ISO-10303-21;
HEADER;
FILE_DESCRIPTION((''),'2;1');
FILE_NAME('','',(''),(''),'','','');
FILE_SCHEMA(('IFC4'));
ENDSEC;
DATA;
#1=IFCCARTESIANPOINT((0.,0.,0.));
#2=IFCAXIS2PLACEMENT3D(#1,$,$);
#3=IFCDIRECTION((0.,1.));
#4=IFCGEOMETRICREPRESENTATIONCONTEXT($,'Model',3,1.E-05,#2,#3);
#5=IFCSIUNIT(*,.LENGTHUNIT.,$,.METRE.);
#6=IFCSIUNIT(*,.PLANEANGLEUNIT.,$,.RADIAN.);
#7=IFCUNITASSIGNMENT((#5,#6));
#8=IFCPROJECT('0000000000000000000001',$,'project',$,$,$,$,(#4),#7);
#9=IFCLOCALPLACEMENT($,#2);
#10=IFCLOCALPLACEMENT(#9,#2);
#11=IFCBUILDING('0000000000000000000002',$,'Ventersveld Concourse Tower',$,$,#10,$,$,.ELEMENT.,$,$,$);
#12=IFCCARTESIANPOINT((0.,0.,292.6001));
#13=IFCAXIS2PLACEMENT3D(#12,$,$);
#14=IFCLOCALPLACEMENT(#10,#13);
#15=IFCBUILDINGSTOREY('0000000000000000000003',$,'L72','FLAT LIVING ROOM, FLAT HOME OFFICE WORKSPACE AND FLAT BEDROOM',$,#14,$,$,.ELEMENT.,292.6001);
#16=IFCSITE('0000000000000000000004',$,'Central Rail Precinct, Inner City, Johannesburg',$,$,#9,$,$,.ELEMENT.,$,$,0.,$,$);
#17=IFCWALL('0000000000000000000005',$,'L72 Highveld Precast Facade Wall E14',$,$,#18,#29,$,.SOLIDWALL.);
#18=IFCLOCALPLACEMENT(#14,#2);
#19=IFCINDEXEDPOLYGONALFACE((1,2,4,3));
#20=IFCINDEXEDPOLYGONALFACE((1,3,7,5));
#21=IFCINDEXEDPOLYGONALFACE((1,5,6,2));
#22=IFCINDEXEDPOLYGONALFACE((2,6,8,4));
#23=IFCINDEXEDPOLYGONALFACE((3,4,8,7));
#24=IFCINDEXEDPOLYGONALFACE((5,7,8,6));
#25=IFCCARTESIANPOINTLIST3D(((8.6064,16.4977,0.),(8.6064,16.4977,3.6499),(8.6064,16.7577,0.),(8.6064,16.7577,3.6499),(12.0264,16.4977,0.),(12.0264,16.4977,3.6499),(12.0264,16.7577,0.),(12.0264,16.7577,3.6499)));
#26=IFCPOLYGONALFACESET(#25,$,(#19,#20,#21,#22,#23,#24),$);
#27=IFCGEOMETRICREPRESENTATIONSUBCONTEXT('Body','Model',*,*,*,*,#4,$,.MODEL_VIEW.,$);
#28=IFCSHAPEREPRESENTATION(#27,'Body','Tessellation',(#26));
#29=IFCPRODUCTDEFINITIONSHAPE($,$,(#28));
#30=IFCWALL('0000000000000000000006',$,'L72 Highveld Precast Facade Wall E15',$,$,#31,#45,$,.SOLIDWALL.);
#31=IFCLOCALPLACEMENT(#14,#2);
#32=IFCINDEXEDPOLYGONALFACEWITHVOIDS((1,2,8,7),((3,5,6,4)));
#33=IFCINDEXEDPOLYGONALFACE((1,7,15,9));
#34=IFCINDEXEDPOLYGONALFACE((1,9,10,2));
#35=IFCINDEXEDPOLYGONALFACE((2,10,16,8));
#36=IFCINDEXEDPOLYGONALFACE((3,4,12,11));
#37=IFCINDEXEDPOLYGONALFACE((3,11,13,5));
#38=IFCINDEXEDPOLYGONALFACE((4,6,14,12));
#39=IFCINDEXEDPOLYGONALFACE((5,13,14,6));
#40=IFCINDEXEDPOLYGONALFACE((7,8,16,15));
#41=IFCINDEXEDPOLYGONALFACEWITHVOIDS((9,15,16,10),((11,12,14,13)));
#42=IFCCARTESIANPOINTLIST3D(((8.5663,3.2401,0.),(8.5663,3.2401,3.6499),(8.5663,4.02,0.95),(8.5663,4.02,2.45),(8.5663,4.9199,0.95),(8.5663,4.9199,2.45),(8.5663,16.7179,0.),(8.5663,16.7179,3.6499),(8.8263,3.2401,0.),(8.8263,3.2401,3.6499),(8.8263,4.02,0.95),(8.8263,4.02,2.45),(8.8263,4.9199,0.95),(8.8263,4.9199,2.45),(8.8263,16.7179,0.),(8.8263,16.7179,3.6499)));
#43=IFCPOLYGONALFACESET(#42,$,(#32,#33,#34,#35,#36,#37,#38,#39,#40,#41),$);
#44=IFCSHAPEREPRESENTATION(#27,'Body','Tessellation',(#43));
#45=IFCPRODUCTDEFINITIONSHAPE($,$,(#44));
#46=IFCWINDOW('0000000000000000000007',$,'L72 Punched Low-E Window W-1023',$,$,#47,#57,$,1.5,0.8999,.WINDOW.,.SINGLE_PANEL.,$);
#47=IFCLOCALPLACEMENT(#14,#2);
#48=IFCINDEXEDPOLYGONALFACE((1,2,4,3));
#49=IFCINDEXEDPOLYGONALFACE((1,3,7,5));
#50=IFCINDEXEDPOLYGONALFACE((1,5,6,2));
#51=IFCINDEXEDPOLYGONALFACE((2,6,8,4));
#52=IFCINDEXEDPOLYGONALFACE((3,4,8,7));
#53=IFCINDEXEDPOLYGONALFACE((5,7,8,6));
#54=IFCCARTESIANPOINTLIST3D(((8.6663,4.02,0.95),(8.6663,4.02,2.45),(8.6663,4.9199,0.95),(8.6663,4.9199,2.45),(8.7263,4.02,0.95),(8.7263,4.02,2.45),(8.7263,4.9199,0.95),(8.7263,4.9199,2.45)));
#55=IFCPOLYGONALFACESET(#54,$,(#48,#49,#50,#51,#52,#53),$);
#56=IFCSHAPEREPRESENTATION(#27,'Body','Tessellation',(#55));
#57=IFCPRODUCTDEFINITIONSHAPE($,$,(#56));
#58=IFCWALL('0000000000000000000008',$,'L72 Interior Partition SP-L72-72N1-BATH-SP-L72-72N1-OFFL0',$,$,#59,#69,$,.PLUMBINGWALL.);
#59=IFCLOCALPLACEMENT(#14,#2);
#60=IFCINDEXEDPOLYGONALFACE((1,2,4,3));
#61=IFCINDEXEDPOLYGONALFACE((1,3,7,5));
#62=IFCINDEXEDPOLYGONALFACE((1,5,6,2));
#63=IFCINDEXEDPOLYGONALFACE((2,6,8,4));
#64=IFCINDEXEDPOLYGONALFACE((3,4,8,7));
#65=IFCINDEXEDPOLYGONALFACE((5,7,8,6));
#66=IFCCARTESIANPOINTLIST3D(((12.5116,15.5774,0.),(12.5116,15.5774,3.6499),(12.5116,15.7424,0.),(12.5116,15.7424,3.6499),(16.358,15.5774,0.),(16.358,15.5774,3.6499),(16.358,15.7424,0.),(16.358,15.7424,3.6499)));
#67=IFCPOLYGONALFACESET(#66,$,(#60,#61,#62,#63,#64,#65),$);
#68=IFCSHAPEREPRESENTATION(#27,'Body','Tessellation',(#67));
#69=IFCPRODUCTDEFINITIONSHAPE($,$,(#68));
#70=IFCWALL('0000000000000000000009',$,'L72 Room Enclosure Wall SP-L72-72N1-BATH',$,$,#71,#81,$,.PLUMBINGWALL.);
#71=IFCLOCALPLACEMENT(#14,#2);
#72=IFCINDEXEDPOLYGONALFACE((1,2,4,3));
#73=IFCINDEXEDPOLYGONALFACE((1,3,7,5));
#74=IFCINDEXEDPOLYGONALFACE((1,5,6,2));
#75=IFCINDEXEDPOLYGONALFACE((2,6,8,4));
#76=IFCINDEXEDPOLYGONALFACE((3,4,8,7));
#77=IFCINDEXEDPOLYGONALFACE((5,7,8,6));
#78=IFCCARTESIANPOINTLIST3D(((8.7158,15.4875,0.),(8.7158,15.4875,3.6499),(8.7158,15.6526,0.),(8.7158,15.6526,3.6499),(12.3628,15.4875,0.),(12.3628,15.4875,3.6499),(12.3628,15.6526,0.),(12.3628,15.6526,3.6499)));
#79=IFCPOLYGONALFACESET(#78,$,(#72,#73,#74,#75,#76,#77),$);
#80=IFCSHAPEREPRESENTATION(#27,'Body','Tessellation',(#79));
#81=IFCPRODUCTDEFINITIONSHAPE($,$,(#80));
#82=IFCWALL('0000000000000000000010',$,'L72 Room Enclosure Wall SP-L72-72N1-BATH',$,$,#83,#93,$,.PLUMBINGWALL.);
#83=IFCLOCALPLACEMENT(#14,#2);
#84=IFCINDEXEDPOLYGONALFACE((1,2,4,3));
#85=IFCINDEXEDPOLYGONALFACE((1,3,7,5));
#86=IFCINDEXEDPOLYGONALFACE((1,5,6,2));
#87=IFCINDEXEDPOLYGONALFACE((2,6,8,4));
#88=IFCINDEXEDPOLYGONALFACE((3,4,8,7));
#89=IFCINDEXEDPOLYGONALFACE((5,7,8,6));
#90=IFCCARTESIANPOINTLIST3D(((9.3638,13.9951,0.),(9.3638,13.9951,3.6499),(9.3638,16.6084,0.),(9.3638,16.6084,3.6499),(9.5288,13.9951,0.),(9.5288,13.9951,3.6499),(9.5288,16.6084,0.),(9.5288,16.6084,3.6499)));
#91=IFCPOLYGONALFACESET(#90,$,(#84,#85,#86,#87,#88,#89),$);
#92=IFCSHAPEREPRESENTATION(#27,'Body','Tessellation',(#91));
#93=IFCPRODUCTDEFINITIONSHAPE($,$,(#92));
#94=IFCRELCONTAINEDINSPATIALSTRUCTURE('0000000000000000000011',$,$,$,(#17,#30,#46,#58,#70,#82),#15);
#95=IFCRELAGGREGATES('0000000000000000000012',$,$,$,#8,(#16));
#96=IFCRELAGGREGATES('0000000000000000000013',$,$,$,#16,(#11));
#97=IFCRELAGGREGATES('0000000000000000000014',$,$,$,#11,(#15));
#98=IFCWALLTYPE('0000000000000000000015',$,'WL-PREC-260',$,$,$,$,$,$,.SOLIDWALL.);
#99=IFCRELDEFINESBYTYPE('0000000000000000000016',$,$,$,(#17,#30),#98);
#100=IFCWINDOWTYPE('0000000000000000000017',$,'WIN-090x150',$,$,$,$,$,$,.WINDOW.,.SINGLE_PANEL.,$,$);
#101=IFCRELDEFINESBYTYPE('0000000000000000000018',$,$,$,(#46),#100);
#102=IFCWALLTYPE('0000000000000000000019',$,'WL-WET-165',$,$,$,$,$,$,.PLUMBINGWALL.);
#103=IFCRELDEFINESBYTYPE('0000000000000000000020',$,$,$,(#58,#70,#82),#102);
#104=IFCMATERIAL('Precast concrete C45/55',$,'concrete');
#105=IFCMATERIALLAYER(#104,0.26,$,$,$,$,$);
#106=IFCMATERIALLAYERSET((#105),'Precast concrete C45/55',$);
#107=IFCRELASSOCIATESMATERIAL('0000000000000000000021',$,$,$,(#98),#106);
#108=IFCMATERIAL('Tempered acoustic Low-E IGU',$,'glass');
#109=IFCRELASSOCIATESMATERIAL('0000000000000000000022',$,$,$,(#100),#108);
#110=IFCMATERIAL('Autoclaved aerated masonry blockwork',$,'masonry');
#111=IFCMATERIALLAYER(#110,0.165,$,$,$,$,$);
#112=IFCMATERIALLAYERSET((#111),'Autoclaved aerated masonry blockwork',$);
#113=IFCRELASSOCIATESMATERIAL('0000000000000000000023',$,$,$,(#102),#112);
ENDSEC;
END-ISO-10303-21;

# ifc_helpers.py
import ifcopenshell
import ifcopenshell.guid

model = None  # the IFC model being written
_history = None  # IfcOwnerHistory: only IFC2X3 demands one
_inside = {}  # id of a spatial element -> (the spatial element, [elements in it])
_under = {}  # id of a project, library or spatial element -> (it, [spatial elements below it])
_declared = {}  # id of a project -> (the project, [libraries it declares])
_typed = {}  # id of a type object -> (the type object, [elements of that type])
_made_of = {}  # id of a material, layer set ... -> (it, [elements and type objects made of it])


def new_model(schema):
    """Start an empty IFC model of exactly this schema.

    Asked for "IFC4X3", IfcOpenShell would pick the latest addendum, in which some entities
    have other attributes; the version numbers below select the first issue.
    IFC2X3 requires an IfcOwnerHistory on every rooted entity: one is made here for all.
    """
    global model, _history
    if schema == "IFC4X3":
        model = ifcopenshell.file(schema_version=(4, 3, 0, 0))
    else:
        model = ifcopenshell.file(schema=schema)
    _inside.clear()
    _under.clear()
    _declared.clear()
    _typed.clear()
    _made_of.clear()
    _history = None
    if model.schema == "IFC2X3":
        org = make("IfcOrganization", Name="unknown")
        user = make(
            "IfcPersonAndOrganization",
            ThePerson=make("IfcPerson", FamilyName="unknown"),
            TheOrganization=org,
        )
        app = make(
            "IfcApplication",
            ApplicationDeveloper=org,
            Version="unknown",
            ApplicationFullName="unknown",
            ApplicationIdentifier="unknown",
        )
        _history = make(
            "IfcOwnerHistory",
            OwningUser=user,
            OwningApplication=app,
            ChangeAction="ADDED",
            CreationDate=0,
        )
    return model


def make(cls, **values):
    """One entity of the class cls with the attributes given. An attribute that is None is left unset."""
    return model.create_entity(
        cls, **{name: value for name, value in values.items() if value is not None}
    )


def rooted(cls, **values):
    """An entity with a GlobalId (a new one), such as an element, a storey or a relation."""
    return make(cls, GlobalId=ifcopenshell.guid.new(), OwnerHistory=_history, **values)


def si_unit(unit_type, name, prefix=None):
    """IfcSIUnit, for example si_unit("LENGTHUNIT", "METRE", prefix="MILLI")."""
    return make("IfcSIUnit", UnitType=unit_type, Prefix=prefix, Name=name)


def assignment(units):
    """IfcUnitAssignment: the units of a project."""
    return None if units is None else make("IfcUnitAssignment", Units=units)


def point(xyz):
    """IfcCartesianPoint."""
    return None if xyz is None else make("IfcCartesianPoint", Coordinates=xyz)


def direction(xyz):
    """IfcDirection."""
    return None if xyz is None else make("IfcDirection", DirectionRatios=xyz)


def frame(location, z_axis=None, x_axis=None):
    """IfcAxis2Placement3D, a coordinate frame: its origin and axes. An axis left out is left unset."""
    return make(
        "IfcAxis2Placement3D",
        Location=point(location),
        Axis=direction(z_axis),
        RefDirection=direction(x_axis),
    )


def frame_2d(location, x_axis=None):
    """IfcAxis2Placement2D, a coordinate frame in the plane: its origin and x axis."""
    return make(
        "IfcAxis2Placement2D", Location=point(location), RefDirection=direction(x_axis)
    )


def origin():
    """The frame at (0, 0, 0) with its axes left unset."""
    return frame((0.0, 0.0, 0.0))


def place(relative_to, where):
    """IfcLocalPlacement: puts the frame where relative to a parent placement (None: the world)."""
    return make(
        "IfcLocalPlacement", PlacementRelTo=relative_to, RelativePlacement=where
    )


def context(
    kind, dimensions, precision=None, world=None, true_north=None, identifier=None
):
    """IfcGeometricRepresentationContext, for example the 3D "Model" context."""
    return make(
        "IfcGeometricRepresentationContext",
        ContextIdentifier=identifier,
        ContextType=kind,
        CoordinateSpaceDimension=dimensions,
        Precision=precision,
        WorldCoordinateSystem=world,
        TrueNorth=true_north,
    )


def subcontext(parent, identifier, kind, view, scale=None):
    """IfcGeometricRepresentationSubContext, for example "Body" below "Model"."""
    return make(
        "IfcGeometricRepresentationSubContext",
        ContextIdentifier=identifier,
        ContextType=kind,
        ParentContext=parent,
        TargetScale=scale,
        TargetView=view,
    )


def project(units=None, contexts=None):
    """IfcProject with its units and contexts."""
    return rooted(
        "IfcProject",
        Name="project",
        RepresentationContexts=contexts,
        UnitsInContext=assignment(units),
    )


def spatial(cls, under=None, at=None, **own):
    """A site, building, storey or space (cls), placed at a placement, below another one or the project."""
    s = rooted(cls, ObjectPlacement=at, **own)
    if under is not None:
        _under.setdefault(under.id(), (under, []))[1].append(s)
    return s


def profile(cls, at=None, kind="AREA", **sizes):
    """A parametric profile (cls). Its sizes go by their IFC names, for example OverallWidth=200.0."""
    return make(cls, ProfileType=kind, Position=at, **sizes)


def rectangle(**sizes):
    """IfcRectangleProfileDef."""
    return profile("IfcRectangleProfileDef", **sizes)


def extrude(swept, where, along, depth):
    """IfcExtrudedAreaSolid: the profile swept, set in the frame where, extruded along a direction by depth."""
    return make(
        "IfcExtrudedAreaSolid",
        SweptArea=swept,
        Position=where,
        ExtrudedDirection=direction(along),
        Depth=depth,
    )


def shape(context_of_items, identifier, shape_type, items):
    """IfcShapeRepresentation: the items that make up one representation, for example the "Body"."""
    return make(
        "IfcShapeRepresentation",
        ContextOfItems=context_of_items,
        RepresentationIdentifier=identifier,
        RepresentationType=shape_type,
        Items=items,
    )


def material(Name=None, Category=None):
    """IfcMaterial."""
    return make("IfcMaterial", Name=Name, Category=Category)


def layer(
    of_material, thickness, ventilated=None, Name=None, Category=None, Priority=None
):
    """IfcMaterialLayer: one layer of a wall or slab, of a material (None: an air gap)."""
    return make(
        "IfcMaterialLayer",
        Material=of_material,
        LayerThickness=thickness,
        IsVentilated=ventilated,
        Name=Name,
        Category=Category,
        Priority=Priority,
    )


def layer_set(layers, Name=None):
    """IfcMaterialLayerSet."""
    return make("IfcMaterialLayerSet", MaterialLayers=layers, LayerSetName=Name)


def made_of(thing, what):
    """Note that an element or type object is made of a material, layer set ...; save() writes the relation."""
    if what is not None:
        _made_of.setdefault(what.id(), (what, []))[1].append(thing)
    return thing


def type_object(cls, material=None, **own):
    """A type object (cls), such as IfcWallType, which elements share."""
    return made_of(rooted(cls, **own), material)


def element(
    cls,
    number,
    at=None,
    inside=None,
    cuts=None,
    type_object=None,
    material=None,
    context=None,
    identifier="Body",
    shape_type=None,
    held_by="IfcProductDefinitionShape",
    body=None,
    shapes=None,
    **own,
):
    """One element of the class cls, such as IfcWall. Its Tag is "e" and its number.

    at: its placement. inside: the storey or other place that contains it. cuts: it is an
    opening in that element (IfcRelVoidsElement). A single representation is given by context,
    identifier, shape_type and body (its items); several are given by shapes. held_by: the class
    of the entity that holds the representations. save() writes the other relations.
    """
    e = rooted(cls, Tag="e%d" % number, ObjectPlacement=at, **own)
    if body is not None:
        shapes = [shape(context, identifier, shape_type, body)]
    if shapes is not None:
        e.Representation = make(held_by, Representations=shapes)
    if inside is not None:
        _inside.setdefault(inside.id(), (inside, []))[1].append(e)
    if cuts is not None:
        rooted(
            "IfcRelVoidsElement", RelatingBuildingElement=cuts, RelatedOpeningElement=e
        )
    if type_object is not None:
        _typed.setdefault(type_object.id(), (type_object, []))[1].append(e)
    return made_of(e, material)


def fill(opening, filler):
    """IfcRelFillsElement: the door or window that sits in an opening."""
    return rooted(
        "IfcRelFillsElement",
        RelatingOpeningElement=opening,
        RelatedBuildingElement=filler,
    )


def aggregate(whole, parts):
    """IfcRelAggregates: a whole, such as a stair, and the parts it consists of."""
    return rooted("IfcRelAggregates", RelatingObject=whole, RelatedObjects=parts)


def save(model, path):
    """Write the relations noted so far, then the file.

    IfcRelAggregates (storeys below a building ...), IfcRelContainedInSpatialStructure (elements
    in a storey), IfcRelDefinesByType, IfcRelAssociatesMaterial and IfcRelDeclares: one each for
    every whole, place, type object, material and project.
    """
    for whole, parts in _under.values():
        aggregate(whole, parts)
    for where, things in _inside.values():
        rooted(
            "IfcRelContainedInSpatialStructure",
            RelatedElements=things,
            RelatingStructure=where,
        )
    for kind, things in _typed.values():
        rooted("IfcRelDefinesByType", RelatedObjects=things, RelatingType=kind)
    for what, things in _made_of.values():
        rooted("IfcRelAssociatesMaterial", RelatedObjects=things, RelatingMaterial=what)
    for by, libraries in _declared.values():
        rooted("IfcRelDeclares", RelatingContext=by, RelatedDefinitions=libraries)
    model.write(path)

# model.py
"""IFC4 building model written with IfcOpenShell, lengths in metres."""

from ifc_helpers import new_model, si_unit, direction, frame, frame_2d, origin, place, context, subcontext, project, spatial, rectangle, extrude, material, layer, layer_set, type_object, element, fill, save


model = new_model("IFC4")

# Units and contexts
model_context = context("Model", 3, precision=1e-05, world=origin(), true_north=direction((0.0, 1.0)))
body_context = subcontext(model_context, "Body", "Model", "MODEL_VIEW")
ifc_project = project(units=[si_unit("LENGTHUNIT", "METRE"), si_unit("PLANEANGLEUNIT", "RADIAN")], contexts=[model_context])

# Site, building, storey
site_placement = place(None, origin())
site = spatial("IfcSite", under=ifc_project, at=site_placement, Name="Central Rail Precinct, Inner City, Johannesburg", CompositionType="ELEMENT", RefElevation=0.0)
building_placement = place(site_placement, origin())
building = spatial("IfcBuilding", under=site, at=building_placement, Name="Ventersveld Concourse Tower", CompositionType="ELEMENT")
storey_placement = place(building_placement, frame((0.0, 0.0, 292.6001)))
storey = spatial("IfcBuildingStorey", under=building, at=storey_placement, Name="L72", Description="FLAT LIVING ROOM, FLAT HOME OFFICE WORKSPACE AND FLAT BEDROOM", CompositionType="ELEMENT", Elevation=292.6001)

# Wall
ifc_material_1 = material(Name="Precast concrete C45/55", Category="concrete")
ifc_layer_1 = layer(ifc_material_1, 0.26)
ifc_layer_set_1 = layer_set([ifc_layer_1], Name="Precast concrete C45/55")
wall_type_1 = type_object("IfcWallType", Name="WL-PREC-260", PredefinedType="SOLIDWALL", material=ifc_layer_set_1)
wall_1_placement = place(storey_placement, frame((12.0264, 16.6277, 0.0), z_axis=(0.0, 0.0, 1.0), x_axis=(-1.0, 0.0, 0.0)))
element("IfcWall", 1, at=wall_1_placement, inside=storey, type_object=wall_type_1, Name="L72 Highveld Precast Facade Wall E14", PredefinedType="SOLIDWALL", context=body_context, shape_type="SweptSolid", body=[
    extrude(rectangle(XDim=3.4199, YDim=0.26, at=frame_2d((1.71, 0.0))), origin(), (0.0, 0.0, 1.0), 3.6499),
])

# Wall, opening, window
wall_2_placement = place(storey_placement, frame((8.6963, 16.7178, 0.0), z_axis=(0.0, 0.0, 1.0), x_axis=(0.0, -1.0, 0.0)))
wall_2 = element("IfcWall", 2, at=wall_2_placement, inside=storey, type_object=wall_type_1, Name="L72 Highveld Precast Facade Wall E15", PredefinedType="SOLIDWALL", context=body_context, shape_type="SweptSolid", body=[
    extrude(rectangle(XDim=13.4778, YDim=0.26, at=frame_2d((6.7388, 0.0))), origin(), (0.0, 0.0, 1.0), 3.6499),
])
opening_1_placement = place(wall_2_placement, frame((11.7979, 0.0, 0.95)))
opening_1 = element("IfcOpeningElement", 3, at=opening_1_placement, cuts=wall_2, PredefinedType="OPENING", context=body_context, shape_type="SweptSolid", body=[
    extrude(rectangle(XDim=0.8999, YDim=1.5, at=frame_2d((0.45, 0.75))), frame((0.0, 0.1401, 0.0), z_axis=(0.0, -1.0, 0.0), x_axis=(1.0, 0.0, 0.0)), (0.0, 0.0, 1.0), 0.28),
])
ifc_material_2 = material(Name="Tempered acoustic Low-E IGU", Category="glass")
window_type = type_object("IfcWindowType", Name="WIN-090x150", PartitioningType="SINGLE_PANEL", PredefinedType="WINDOW", material=ifc_material_2)
window_placement = place(opening_1_placement, origin())
window = element("IfcWindow", 4, at=window_placement, inside=storey, type_object=window_type, Name="L72 Punched Low-E Window W-1023", OverallHeight=1.5, OverallWidth=0.8999, PartitioningType="SINGLE_PANEL", PredefinedType="WINDOW", context=body_context, shape_type="SweptSolid", body=[
    extrude(rectangle(XDim=0.8999, YDim=1.5, at=frame_2d((0.45, 0.75))), frame((0.0, 0.03, 0.0), z_axis=(0.0, -1.0, 0.0), x_axis=(1.0, 0.0, 0.0)), (0.0, 0.0, 1.0), 0.0601),
])
fill(opening_1, window)

# Walls
ifc_material_3 = material(Name="Autoclaved aerated masonry blockwork", Category="masonry")
ifc_layer_2 = layer(ifc_material_3, 0.165)
ifc_layer_set_2 = layer_set([ifc_layer_2], Name="Autoclaved aerated masonry blockwork")
wall_type_2 = type_object("IfcWallType", Name="WL-WET-165", PredefinedType="PLUMBINGWALL", material=ifc_layer_set_2)
wall_3_placement = place(storey_placement, frame((12.5115, 15.6599, 0.0), z_axis=(0.0, 0.0, 1.0), x_axis=(1.0, 0.0, 0.0)))
element("IfcWall", 5, at=wall_3_placement, inside=storey, type_object=wall_type_2, Name="L72 Interior Partition SP-L72-72N1-BATH-SP-L72-72N1-OFFL0", PredefinedType="PLUMBINGWALL", context=body_context, shape_type="SweptSolid", body=[
    extrude(rectangle(XDim=3.8464, YDim=0.165, at=frame_2d((1.9233, 0.0))), origin(), (0.0, 0.0, 1.0), 3.6499),
])
wall_4_placement = place(storey_placement, frame((8.7158, 15.5701, 0.0), z_axis=(0.0, 0.0, 1.0), x_axis=(1.0, 0.0, 0.0)))
element("IfcWall", 6, at=wall_4_placement, inside=storey, type_object=wall_type_2, Name="L72 Room Enclosure Wall SP-L72-72N1-BATH", PredefinedType="PLUMBINGWALL", context=body_context, shape_type="SweptSolid", body=[
    extrude(rectangle(XDim=3.647, YDim=0.165, at=frame_2d((1.8235, 0.0))), origin(), (0.0, 0.0, 1.0), 3.6499),
])
wall_5_placement = place(storey_placement, frame((9.4463, 13.9951, 0.0), z_axis=(0.0, 0.0, 1.0), x_axis=(0.0, 1.0, 0.0)))
element("IfcWall", 7, at=wall_5_placement, inside=storey, type_object=wall_type_2, Name="L72 Room Enclosure Wall SP-L72-72N1-BATH", PredefinedType="PLUMBINGWALL", context=body_context, shape_type="SweptSolid", body=[
    extrude(rectangle(XDim=2.6133, YDim=0.165, at=frame_2d((1.3066, 0.0))), origin(), (0.0, 0.0, 1.0), 3.6499),
])

save(model, "model.ifc")
